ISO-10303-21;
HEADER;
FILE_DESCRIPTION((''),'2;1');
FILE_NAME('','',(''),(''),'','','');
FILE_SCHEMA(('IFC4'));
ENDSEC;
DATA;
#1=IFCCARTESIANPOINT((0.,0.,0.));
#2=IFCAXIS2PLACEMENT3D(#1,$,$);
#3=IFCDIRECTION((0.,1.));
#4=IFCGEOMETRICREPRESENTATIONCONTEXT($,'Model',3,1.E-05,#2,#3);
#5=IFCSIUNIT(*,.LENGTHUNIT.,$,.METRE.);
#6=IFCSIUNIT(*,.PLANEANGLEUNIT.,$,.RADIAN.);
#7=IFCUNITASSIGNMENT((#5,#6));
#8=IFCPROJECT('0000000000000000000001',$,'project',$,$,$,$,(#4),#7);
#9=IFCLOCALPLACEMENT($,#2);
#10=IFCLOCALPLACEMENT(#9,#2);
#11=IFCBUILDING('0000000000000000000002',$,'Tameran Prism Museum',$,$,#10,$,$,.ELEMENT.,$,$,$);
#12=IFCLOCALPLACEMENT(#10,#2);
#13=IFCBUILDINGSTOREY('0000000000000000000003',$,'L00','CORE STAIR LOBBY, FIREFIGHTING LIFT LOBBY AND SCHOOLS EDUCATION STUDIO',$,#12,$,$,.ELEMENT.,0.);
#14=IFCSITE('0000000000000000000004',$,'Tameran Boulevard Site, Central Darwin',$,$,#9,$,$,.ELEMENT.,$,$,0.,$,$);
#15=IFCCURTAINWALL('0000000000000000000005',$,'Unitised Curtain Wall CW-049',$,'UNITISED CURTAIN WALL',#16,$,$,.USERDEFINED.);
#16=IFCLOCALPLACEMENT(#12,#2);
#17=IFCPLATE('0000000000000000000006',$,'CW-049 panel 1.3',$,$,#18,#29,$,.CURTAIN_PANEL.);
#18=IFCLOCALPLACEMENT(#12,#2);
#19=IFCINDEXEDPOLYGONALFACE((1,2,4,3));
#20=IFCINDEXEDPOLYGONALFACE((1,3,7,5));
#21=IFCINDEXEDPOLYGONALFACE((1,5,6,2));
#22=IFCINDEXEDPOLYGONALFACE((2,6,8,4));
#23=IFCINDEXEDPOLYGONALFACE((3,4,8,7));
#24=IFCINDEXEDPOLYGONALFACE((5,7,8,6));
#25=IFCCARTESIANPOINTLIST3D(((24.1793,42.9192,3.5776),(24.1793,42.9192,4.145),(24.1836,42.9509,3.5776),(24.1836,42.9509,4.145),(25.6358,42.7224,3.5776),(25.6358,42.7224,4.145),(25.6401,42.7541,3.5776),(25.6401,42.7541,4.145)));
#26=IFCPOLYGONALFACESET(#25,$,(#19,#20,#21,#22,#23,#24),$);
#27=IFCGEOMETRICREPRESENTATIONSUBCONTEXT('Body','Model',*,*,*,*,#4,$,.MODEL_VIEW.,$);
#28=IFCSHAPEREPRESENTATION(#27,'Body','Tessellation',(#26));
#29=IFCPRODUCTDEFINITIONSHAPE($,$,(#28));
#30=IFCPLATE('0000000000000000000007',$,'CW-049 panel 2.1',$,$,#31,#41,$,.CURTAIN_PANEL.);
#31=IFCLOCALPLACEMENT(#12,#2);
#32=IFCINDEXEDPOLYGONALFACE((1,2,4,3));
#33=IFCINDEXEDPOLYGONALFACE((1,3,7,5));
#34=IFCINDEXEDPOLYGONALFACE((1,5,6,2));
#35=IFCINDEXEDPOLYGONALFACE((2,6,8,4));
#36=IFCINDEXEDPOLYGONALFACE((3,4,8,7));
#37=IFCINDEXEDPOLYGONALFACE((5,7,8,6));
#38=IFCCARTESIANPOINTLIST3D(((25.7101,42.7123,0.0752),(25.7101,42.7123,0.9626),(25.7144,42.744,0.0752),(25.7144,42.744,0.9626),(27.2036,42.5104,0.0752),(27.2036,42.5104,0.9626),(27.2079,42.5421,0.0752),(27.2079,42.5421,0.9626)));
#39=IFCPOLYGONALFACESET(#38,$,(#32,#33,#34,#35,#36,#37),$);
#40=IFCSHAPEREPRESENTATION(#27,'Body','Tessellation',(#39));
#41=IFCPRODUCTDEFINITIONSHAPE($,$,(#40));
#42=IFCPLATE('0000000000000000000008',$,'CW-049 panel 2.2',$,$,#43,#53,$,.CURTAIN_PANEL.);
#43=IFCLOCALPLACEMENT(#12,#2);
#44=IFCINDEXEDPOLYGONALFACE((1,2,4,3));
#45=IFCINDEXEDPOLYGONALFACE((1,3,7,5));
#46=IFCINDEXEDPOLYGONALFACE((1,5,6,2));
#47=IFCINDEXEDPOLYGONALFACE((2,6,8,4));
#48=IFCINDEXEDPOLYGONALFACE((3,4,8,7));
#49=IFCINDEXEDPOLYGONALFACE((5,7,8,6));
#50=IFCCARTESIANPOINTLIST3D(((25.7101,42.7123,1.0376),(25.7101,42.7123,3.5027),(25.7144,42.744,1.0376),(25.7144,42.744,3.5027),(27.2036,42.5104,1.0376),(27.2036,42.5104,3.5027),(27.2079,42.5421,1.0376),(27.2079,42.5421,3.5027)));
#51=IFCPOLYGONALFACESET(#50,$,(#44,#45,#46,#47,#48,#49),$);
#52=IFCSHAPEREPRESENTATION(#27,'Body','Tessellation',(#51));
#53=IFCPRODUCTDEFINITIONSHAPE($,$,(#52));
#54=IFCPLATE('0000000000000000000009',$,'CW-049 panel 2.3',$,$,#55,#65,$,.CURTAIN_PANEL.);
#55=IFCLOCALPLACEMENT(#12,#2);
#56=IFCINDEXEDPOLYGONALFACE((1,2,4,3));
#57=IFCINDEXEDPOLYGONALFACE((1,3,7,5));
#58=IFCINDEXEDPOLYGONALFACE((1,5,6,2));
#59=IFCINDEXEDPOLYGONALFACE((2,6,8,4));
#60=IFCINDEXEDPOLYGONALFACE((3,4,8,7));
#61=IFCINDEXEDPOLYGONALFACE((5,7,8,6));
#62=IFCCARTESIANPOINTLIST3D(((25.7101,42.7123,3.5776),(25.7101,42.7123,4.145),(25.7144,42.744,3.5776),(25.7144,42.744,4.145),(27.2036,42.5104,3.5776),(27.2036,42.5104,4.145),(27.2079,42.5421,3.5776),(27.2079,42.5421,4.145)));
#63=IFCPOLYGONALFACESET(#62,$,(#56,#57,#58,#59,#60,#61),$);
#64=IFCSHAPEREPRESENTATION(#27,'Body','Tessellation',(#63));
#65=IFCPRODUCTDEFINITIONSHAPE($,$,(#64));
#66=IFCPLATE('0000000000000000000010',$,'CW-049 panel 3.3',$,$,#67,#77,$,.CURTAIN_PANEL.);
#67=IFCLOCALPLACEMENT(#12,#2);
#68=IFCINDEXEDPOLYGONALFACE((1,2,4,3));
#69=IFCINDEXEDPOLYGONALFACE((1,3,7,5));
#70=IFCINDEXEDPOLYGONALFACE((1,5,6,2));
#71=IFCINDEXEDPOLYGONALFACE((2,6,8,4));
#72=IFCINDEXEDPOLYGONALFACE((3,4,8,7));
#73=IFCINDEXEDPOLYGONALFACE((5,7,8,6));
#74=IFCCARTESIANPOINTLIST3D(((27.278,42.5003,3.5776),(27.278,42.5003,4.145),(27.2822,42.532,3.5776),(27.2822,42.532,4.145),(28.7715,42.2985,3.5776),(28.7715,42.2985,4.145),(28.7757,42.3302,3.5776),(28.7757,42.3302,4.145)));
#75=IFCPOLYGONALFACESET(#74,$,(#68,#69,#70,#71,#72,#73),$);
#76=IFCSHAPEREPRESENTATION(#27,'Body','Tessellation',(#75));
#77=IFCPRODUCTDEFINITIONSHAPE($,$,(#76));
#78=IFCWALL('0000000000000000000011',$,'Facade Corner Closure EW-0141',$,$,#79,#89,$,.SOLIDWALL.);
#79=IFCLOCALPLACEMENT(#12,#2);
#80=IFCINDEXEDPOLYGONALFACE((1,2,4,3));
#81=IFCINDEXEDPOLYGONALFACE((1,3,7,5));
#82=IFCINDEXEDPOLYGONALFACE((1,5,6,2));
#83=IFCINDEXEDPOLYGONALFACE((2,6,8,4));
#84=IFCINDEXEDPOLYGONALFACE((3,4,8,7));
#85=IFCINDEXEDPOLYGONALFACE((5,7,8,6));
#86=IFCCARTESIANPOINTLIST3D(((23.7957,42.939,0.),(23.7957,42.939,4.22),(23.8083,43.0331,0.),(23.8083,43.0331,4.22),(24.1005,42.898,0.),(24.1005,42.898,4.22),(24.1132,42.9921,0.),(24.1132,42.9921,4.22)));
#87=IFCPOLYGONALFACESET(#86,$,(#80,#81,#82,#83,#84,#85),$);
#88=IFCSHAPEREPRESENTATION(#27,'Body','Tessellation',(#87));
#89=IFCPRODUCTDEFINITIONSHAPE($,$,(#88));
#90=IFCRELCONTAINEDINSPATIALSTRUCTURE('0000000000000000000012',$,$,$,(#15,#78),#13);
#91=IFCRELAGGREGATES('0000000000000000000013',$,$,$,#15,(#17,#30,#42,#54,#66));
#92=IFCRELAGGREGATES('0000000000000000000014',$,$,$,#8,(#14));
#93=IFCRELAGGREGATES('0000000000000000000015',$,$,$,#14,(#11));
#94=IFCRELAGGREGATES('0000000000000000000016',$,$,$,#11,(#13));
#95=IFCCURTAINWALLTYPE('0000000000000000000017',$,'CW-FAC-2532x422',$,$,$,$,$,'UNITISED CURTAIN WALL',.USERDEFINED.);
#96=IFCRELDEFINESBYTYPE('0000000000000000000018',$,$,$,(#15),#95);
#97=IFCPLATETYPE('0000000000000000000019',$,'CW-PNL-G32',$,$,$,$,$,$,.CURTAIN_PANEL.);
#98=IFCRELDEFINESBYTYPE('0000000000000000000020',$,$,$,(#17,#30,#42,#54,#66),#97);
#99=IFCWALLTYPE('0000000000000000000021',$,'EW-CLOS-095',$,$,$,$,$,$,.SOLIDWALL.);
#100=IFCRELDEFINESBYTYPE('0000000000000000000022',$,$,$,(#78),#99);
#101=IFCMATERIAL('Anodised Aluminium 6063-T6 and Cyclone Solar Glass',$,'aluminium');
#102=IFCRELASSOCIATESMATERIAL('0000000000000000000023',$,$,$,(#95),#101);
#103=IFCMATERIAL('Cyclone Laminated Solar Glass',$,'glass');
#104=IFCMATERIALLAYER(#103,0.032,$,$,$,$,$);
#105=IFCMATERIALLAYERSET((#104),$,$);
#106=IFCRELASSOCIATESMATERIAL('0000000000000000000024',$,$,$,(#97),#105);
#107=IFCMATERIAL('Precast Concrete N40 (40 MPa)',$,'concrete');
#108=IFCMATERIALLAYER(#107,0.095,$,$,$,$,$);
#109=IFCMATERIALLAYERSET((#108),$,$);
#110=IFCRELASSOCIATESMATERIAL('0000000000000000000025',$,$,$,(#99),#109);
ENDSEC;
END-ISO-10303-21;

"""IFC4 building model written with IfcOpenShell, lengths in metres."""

from ifc_helpers import new_model, si_unit, direction, frame, frame_2d, origin, origin_2d, place, context, subcontext, project, spatial, rectangle, extrude, material, layer, layer_set, type_object, element, aggregate, save


model = new_model("IFC4")

# Units and contexts
model_context = context("Model", 3, precision=1e-05, world=origin(), true_north=direction((0.0, 1.0)))
body_context = subcontext(model_context, "Body", "Model", "MODEL_VIEW")
ifc_project = project(units=[si_unit("LENGTHUNIT", "METRE"), si_unit("PLANEANGLEUNIT", "RADIAN")], contexts=[model_context])

# Site, building, storey
site_placement = place(None, origin())
site = spatial("IfcSite", under=ifc_project, at=site_placement, Name="Tameran Boulevard Site, Central Darwin", CompositionType="ELEMENT", RefElevation=0.0)
building_placement = place(site_placement, origin())
building = spatial("IfcBuilding", under=site, at=building_placement, Name="Tameran Prism Museum", CompositionType="ELEMENT")
storey_placement = place(building_placement, origin())
storey = spatial("IfcBuildingStorey", under=building, at=storey_placement, Name="L00", Description="CORE STAIR LOBBY, FIREFIGHTING LIFT LOBBY AND SCHOOLS EDUCATION STUDIO", CompositionType="ELEMENT", Elevation=0.0)

# Curtain wall, plates
ifc_material_1 = material(Name="Anodised Aluminium 6063-T6 and Cyclone Solar Glass", Category="aluminium")
curtain_wall_type = type_object("IfcCurtainWallType", Name="CW-FAC-2532x422", ElementType="UNITISED CURTAIN WALL", PredefinedType="USERDEFINED", material=ifc_material_1)
curtain_wall_placement = place(storey_placement, origin())
curtain_wall = element("IfcCurtainWall", 1, at=curtain_wall_placement, inside=storey, type_object=curtain_wall_type, Name="Unitised Curtain Wall CW-049", ObjectType="UNITISED CURTAIN WALL", PredefinedType="USERDEFINED")
ifc_material_2 = material(Name="Cyclone Laminated Solar Glass", Category="glass")
ifc_layer_1 = layer(ifc_material_2, 0.032)
ifc_layer_set_1 = layer_set([ifc_layer_1])
plate_type = type_object("IfcPlateType", Name="CW-PNL-G32", PredefinedType="CURTAIN_PANEL", material=ifc_layer_set_1)
plate_1_placement = place(storey_placement, frame((24.9097, 42.8367, 3.5776), z_axis=(0.0, 0.0, 1.0), x_axis=(0.990993, -0.133913, 0.0)))
plate_1 = element("IfcPlate", 2, at=plate_1_placement, type_object=plate_type, Name="CW-049 panel 1.3", PredefinedType="CURTAIN_PANEL", context=body_context, shape_type="SweptSolid", body=[
    extrude(rectangle(XDim=1.4697, YDim=0.032, at=origin_2d()), origin(), (0.0, 0.0, 1.0), 0.5674),
])
plate_2_placement = place(storey_placement, frame((26.459, 42.6272, 0.0752), z_axis=(0.0, 0.0, 1.0), x_axis=(0.990993, -0.133913, 0.0)))
plate_2 = element("IfcPlate", 3, at=plate_2_placement, type_object=plate_type, Name="CW-049 panel 2.1", PredefinedType="CURTAIN_PANEL", context=body_context, shape_type="SweptSolid", body=[
    extrude(rectangle(XDim=1.5071, YDim=0.032, at=origin_2d()), origin(), (0.0, 0.0, 1.0), 0.8875),
])
plate_3_placement = place(storey_placement, frame((26.459, 42.6272, 1.0376), z_axis=(0.0, 0.0, 1.0), x_axis=(0.990993, -0.133913, 0.0)))
plate_3 = element("IfcPlate", 4, at=plate_3_placement, type_object=plate_type, Name="CW-049 panel 2.2", PredefinedType="CURTAIN_PANEL", context=body_context, shape_type="SweptSolid", body=[
    extrude(rectangle(XDim=1.5071, YDim=0.032, at=origin_2d()), origin(), (0.0, 0.0, 1.0), 2.4651),
])
plate_4_placement = place(storey_placement, frame((26.459, 42.6272, 3.5776), z_axis=(0.0, 0.0, 1.0), x_axis=(0.990993, -0.133913, 0.0)))
plate_4 = element("IfcPlate", 5, at=plate_4_placement, type_object=plate_type, Name="CW-049 panel 2.3", PredefinedType="CURTAIN_PANEL", context=body_context, shape_type="SweptSolid", body=[
    extrude(rectangle(XDim=1.5071, YDim=0.032, at=origin_2d()), origin(), (0.0, 0.0, 1.0), 0.5674),
])
plate_5_placement = place(storey_placement, frame((28.0269, 42.4153, 3.5776), z_axis=(0.0, 0.0, 1.0), x_axis=(0.990993, -0.133913, 0.0)))
plate_5 = element("IfcPlate", 6, at=plate_5_placement, type_object=plate_type, Name="CW-049 panel 3.3", PredefinedType="CURTAIN_PANEL", context=body_context, shape_type="SweptSolid", body=[
    extrude(rectangle(XDim=1.5071, YDim=0.032, at=origin_2d()), origin(), (0.0, 0.0, 1.0), 0.5674),
])
aggregate(curtain_wall, [plate_1, plate_2, plate_3, plate_4, plate_5])

# Wall
ifc_material_3 = material(Name="Precast Concrete N40 (40 MPa)", Category="concrete")
ifc_layer_2 = layer(ifc_material_3, 0.095)
ifc_layer_set_2 = layer_set([ifc_layer_2])
wall_type = type_object("IfcWallType", Name="EW-CLOS-095", PredefinedType="SOLIDWALL", material=ifc_layer_set_2)
wall_placement = place(storey_placement, frame((23.802, 42.9861, 0.0), z_axis=(0.0, 0.0, 1.0), x_axis=(0.991075, -0.133307, 0.0)))
element("IfcWall", 7, at=wall_placement, inside=storey, type_object=wall_type, Name="Facade Corner Closure EW-0141", PredefinedType="SOLIDWALL", context=body_context, shape_type="SweptSolid", body=[
    extrude(rectangle(XDim=0.3076, YDim=0.095, at=frame_2d((0.1538, 0.0))), origin(), (0.0, 0.0, 1.0), 4.22),
])

save(model, "model.ifc")
